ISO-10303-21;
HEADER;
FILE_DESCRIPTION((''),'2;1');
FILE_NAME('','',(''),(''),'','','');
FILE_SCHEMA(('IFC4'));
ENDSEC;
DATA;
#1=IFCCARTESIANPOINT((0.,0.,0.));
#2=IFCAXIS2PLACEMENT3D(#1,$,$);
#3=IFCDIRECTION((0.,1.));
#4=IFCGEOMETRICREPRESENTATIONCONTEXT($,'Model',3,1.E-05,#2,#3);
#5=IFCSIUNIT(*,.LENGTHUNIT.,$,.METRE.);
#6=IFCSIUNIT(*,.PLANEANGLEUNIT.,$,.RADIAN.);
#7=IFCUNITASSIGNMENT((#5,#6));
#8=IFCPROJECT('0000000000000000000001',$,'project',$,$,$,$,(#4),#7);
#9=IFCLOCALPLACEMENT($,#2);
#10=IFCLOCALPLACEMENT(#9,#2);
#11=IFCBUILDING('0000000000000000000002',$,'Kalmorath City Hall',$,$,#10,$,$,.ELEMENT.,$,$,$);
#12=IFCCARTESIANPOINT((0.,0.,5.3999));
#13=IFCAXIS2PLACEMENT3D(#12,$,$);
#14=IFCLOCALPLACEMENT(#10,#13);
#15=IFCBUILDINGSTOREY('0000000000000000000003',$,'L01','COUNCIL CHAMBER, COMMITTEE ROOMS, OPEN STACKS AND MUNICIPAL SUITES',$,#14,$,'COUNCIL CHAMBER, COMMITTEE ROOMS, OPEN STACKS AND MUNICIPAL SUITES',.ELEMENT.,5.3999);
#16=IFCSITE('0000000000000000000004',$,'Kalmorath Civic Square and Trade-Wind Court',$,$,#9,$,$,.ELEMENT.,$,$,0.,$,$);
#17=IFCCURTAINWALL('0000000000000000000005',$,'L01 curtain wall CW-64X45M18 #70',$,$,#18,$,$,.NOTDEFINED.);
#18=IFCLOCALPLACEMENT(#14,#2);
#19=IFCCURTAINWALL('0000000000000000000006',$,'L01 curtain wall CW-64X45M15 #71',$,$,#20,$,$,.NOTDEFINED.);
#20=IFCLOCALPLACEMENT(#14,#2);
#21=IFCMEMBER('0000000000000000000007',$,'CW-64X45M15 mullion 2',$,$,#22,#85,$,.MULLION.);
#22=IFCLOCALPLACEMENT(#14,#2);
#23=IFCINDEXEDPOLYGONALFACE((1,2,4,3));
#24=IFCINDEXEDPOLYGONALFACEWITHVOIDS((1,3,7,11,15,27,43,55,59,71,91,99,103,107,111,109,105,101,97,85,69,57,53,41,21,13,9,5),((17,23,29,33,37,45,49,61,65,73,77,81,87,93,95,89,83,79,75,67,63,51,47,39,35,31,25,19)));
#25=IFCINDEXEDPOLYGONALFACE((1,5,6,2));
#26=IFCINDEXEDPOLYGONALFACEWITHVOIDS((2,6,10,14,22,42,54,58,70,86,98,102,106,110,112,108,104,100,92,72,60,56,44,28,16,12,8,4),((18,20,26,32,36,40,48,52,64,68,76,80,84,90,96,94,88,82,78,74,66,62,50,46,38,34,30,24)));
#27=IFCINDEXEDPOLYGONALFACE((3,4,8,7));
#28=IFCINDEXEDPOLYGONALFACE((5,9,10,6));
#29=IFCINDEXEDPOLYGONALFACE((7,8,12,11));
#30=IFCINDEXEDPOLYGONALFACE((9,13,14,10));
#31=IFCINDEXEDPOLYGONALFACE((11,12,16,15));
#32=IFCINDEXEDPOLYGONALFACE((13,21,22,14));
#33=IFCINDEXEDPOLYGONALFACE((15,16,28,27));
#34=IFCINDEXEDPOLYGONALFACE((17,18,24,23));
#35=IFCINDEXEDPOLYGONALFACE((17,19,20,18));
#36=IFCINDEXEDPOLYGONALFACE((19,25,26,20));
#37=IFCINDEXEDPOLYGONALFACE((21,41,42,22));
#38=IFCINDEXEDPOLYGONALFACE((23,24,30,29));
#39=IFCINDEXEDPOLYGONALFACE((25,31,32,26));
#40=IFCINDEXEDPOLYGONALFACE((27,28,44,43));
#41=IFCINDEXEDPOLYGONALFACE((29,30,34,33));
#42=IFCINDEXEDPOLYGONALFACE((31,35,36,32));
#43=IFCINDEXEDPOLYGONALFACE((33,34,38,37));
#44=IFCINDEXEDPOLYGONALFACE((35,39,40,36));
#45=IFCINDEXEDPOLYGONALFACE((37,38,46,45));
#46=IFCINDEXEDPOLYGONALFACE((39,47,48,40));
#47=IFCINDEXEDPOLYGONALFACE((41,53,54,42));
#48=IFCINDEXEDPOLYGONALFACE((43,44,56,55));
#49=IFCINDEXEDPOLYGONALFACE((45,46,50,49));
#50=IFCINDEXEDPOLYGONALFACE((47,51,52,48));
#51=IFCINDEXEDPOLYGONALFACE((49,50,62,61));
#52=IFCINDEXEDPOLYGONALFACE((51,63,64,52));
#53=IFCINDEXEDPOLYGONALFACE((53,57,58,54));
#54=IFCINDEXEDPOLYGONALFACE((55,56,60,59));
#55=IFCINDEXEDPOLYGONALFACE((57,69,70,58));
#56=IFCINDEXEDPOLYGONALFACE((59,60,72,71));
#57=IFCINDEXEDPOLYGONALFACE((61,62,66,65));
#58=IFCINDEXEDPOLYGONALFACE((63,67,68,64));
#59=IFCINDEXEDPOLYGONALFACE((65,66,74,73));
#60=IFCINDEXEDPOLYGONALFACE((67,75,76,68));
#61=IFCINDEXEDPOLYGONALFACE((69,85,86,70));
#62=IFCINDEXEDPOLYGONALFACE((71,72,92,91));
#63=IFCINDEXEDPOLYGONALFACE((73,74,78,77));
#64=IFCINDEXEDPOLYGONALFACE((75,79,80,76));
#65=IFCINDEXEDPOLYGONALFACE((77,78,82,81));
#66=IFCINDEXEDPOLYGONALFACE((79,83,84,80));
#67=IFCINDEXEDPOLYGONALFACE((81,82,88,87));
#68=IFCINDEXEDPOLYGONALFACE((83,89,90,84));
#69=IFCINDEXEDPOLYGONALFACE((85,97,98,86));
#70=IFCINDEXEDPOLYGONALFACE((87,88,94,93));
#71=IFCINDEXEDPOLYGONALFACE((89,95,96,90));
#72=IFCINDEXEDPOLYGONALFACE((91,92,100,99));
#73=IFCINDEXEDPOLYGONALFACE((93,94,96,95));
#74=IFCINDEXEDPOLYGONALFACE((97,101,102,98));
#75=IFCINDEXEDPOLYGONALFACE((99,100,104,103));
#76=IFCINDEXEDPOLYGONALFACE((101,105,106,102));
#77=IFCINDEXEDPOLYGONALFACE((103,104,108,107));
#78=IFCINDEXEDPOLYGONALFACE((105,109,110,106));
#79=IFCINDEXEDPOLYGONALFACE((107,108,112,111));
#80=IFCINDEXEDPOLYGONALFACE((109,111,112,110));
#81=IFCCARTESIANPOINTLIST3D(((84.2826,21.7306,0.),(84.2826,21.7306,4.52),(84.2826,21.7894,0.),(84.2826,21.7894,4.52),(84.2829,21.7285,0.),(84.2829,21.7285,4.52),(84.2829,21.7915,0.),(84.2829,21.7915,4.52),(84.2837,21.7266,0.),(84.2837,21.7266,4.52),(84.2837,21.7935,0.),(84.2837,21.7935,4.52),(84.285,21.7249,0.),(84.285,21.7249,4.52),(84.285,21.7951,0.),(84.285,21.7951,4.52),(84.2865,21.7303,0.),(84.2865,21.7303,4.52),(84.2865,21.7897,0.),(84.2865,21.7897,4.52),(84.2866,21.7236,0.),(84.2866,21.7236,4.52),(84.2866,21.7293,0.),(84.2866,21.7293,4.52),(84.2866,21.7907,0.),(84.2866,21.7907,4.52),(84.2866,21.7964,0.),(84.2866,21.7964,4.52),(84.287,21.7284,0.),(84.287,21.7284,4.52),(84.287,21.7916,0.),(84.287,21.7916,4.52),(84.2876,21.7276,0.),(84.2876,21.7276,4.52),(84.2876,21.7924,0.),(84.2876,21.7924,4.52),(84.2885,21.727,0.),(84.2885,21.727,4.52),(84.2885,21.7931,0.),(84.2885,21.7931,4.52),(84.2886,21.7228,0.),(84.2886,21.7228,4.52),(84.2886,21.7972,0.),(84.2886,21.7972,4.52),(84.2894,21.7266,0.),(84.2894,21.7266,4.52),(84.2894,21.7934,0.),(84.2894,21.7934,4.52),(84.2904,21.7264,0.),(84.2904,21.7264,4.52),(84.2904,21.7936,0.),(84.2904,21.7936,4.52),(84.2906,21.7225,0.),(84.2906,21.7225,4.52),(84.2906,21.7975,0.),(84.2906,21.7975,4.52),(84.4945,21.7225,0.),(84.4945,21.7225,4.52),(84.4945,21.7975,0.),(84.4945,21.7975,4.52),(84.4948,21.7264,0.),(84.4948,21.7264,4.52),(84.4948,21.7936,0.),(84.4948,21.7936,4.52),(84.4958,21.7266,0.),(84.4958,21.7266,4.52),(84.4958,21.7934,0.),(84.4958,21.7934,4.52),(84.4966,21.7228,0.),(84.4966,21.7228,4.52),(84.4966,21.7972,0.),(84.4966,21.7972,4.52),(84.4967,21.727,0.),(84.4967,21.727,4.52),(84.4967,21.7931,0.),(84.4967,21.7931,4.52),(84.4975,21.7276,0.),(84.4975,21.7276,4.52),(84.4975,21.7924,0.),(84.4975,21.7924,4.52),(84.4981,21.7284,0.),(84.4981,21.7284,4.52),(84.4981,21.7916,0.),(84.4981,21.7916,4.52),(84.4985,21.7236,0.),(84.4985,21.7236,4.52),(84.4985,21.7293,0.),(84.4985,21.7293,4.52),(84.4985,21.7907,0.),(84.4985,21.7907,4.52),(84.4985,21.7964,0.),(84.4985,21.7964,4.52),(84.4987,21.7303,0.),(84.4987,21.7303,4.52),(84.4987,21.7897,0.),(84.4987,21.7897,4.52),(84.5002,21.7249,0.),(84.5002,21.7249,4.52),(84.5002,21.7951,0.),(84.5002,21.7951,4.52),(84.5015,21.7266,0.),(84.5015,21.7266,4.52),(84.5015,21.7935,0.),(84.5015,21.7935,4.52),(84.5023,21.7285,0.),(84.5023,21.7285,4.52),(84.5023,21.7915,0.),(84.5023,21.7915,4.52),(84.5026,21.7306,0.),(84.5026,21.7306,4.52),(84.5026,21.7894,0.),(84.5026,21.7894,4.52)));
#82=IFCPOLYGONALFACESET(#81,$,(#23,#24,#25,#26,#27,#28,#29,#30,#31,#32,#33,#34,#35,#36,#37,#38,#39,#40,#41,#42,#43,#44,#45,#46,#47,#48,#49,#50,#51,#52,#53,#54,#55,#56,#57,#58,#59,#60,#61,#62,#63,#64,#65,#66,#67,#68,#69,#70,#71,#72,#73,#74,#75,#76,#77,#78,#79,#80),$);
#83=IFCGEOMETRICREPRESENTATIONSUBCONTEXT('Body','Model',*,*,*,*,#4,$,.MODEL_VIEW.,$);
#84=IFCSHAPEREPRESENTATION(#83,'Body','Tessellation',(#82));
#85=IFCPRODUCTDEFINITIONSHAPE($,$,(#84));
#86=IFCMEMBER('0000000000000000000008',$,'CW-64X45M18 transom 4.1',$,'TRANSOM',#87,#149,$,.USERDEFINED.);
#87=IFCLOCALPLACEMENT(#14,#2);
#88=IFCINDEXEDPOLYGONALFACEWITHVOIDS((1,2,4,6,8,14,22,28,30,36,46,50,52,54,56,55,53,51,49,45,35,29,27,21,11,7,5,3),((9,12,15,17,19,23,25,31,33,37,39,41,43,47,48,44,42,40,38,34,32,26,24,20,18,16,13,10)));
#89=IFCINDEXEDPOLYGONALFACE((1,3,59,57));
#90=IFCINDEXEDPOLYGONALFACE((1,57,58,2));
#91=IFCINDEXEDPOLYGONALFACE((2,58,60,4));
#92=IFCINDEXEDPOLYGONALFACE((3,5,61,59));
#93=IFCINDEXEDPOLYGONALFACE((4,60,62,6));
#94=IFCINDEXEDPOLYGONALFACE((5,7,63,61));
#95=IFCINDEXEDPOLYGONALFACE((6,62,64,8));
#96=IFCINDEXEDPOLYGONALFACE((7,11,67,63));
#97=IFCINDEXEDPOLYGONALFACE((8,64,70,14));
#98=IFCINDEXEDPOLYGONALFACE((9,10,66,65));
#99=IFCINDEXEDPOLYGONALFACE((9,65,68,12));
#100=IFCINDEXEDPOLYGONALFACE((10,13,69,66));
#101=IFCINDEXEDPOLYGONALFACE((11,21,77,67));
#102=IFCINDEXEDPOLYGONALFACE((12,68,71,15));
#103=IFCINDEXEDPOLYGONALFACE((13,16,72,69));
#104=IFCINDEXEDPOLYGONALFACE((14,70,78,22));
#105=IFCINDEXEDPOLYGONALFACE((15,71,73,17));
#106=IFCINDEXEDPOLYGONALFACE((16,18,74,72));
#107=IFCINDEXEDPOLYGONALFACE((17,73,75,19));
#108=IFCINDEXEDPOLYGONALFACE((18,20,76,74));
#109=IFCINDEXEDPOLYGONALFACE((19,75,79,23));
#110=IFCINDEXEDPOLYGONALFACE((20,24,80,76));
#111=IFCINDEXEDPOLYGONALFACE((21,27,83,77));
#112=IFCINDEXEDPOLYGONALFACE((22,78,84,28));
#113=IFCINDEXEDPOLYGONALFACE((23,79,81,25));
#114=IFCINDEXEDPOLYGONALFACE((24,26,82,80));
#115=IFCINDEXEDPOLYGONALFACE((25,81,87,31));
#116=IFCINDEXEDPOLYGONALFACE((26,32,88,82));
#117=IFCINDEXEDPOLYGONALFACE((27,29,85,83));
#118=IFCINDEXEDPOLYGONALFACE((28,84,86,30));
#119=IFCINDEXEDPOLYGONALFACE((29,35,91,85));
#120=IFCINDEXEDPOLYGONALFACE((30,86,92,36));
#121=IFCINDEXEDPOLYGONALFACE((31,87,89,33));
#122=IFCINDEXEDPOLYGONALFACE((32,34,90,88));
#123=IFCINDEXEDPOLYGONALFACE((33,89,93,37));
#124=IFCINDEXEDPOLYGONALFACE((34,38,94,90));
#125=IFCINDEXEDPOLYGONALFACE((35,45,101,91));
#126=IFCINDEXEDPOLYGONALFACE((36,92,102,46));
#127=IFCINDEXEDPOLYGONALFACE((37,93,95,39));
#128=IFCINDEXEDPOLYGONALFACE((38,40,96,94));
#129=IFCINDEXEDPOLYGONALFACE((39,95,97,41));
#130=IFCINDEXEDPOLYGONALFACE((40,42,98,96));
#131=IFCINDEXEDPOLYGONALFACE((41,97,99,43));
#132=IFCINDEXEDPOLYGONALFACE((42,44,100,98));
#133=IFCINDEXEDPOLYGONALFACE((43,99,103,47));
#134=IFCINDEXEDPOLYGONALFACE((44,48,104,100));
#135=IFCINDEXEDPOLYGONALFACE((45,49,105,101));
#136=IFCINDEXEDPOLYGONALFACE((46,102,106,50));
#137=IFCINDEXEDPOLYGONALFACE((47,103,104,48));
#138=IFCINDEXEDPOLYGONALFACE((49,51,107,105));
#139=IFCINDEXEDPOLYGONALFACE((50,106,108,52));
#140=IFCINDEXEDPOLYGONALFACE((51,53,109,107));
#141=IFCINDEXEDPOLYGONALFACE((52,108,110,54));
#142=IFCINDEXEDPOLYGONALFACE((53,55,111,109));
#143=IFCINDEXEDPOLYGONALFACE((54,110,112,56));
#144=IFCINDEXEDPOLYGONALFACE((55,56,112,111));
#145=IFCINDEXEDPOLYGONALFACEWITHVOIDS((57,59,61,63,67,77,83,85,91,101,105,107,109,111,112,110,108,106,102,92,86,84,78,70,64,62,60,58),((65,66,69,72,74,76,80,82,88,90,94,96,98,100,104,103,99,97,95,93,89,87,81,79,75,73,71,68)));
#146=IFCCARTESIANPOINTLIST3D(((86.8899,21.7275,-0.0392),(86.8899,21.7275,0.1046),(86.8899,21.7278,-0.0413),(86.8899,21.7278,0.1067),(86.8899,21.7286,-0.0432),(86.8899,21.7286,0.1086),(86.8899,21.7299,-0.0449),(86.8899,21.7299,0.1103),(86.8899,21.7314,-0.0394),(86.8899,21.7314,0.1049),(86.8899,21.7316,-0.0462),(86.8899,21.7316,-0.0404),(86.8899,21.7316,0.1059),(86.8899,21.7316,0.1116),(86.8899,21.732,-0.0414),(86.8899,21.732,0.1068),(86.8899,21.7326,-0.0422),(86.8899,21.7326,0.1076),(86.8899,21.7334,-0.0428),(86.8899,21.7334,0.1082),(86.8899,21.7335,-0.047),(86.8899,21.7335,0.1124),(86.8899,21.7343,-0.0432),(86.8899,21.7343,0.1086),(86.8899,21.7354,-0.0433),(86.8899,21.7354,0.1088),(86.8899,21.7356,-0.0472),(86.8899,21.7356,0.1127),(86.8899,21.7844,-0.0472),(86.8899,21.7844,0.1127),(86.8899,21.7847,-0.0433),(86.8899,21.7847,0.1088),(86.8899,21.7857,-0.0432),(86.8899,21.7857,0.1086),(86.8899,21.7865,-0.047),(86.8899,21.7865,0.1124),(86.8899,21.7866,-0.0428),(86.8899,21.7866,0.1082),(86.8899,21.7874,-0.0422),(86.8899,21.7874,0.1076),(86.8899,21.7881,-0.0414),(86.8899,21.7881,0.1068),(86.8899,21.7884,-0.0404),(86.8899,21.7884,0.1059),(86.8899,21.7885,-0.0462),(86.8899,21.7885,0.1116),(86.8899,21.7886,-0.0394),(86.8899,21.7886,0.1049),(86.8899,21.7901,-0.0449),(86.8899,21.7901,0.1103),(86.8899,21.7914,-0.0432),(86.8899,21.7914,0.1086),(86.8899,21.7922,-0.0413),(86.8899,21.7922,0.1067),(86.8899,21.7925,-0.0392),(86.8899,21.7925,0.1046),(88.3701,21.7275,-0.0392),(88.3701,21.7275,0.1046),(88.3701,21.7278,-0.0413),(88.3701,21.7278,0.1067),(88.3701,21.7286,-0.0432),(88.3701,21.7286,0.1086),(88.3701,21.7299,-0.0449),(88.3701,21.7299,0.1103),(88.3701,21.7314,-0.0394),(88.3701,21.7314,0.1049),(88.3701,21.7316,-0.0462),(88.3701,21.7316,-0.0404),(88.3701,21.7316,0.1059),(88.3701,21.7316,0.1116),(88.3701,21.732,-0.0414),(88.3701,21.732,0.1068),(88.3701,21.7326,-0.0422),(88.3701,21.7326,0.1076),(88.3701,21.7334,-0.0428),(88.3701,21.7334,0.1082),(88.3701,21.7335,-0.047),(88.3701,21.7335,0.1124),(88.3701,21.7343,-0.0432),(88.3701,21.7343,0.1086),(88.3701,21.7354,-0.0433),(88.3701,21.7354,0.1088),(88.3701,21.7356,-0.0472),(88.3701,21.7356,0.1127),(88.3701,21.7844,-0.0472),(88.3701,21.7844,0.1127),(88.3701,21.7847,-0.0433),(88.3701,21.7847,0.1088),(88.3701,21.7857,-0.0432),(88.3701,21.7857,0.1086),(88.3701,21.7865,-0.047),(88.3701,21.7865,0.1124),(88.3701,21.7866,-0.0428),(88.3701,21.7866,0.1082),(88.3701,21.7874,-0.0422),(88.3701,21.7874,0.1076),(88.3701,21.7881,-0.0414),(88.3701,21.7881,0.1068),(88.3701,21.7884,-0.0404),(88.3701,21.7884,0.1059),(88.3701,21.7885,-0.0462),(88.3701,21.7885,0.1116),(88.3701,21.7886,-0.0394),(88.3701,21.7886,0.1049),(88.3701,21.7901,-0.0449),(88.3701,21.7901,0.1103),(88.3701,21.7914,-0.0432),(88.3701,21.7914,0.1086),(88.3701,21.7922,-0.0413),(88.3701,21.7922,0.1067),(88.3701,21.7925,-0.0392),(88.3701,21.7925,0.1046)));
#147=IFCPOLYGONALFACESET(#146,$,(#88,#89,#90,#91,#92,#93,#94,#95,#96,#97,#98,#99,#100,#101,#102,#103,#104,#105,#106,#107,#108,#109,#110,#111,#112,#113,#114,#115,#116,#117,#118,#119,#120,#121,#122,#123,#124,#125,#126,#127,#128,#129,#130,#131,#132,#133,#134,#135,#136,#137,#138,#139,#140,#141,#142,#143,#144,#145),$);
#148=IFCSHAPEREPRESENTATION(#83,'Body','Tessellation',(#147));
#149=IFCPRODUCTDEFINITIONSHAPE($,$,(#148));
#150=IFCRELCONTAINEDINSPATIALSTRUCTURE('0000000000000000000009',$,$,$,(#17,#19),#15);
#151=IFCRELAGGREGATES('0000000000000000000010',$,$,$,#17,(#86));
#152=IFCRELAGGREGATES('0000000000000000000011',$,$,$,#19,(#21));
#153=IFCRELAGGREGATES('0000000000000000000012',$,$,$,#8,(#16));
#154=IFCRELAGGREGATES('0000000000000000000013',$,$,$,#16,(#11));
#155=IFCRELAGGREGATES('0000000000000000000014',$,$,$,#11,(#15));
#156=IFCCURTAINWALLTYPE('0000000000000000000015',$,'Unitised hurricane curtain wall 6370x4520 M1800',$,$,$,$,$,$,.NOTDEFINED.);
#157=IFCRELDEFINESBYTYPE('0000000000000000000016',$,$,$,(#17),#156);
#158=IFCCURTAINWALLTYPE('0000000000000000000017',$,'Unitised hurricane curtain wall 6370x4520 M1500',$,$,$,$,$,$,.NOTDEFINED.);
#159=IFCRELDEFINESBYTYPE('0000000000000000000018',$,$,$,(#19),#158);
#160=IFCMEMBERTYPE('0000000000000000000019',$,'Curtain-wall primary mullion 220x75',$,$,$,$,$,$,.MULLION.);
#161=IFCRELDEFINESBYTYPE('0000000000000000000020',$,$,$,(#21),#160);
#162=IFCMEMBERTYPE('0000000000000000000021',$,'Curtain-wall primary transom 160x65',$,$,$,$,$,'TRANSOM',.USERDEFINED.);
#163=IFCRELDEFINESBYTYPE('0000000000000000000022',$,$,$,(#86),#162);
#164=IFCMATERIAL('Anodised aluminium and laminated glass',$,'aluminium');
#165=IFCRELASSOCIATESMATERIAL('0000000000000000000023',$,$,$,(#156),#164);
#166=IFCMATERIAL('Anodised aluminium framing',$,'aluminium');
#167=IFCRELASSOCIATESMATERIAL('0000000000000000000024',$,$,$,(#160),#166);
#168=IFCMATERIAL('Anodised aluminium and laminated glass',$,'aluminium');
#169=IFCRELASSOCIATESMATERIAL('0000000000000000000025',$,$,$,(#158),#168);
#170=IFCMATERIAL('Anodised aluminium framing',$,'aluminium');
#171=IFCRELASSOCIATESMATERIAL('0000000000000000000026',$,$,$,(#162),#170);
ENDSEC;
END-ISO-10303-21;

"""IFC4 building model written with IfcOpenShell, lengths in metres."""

from ifc_helpers import new_model, si_unit, direction, frame, origin, origin_2d, place, context, subcontext, project, spatial, hollow_rectangle, extrude, material, material_profile, profile_set, type_object, element, aggregate, save


model = new_model("IFC4")

# Units and contexts
model_context = context("Model", 3, precision=1e-05, world=origin(), true_north=direction((0.0, 1.0)))
body_context = subcontext(model_context, "Body", "Model", "MODEL_VIEW")
ifc_project = project(units=[si_unit("LENGTHUNIT", "METRE"), si_unit("PLANEANGLEUNIT", "RADIAN")], contexts=[model_context])

# Site, building, storey
site_placement = place(None, origin())
site = spatial("IfcSite", under=ifc_project, at=site_placement, Name="Kalmorath Civic Square and Trade-Wind Court", CompositionType="ELEMENT", RefElevation=0.0)
building_placement = place(site_placement, origin())
building = spatial("IfcBuilding", under=site, at=building_placement, Name="Kalmorath City Hall", CompositionType="ELEMENT")
storey_placement = place(building_placement, frame((0.0, 0.0, 5.3999)))
storey = spatial("IfcBuildingStorey", under=building, at=storey_placement, Name="L01", Description="COUNCIL CHAMBER, COMMITTEE ROOMS, OPEN STACKS AND MUNICIPAL SUITES", LongName="COUNCIL CHAMBER, COMMITTEE ROOMS, OPEN STACKS AND MUNICIPAL SUITES", CompositionType="ELEMENT", Elevation=5.3999)

# Curtain wall
ifc_material_1 = material(Name="Anodised aluminium and laminated glass", Category="aluminium")
curtain_wall_type_1 = type_object("IfcCurtainWallType", Name="Unitised hurricane curtain wall 6370x4520 M1800", PredefinedType="NOTDEFINED", material=ifc_material_1)
curtain_wall_1_placement = place(storey_placement, origin())
curtain_wall_1 = element("IfcCurtainWall", 1, at=curtain_wall_1_placement, inside=storey, type_object=curtain_wall_type_1, Name="L01 curtain wall CW-64X45M18 #70", PredefinedType="NOTDEFINED")
ifc_material_2 = material(Name="Anodised aluminium framing", Category="aluminium")
ifc_material_profile_1 = material_profile(ifc_material_2, hollow_rectangle(XDim=0.075, YDim=0.22, WallThickness=0.0039, InnerFilletRadius=0.0039, OuterFilletRadius=0.0081, at=origin_2d()), Name="ALU-MUL-220X75X4")
ifc_profile_set_1 = profile_set([ifc_material_profile_1], Name="Anodised aluminium framing")
member_type_1 = type_object("IfcMemberType", Name="Curtain-wall primary mullion 220x75", PredefinedType="MULLION", material=ifc_profile_set_1)

# Curtain wall, member
ifc_material_3 = material(Name="Anodised aluminium and laminated glass", Category="aluminium")
curtain_wall_type_2 = type_object("IfcCurtainWallType", Name="Unitised hurricane curtain wall 6370x4520 M1500", PredefinedType="NOTDEFINED", material=ifc_material_3)
curtain_wall_2_placement = place(storey_placement, origin())
curtain_wall_2 = element("IfcCurtainWall", 2, at=curtain_wall_2_placement, inside=storey, type_object=curtain_wall_type_2, Name="L01 curtain wall CW-64X45M15 #71", PredefinedType="NOTDEFINED")
member_1_placement = place(storey_placement, frame((84.3926, 21.76, 0.0), z_axis=(0.0, 0.0, 1.0), x_axis=(0.0, -1.0, 0.0)))
member_1 = element("IfcMember", 3, at=member_1_placement, type_object=member_type_1, Name="CW-64X45M15 mullion 2", PredefinedType="MULLION", context=body_context, shape_type="SweptSolid", body=[
    extrude(hollow_rectangle(XDim=0.075, YDim=0.22, WallThickness=0.0039, InnerFilletRadius=0.0039, OuterFilletRadius=0.0081, at=origin_2d()), origin(), (0.0, 0.0, 1.0), 4.52),
])

# Member
ifc_material_4 = material(Name="Anodised aluminium framing", Category="aluminium")
ifc_material_profile_2 = material_profile(ifc_material_4, hollow_rectangle(XDim=0.0649, YDim=0.1599, WallThickness=0.0039, InnerFilletRadius=0.0039, OuterFilletRadius=0.0081, at=origin_2d()), Name="ALU-TRN-160X65X4")
ifc_profile_set_2 = profile_set([ifc_material_profile_2], Name="Anodised aluminium framing")
member_type_2 = type_object("IfcMemberType", Name="Curtain-wall primary transom 160x65", ElementType="TRANSOM", PredefinedType="USERDEFINED", material=ifc_profile_set_2)
member_2_placement = place(storey_placement, frame((88.3701, 21.76, 0.0327), z_axis=(-1.0, 0.0, 0.0), x_axis=(0.0, -1.0, 0.0)))
member_2 = element("IfcMember", 4, at=member_2_placement, type_object=member_type_2, Name="CW-64X45M18 transom 4.1", ObjectType="TRANSOM", PredefinedType="USERDEFINED", context=body_context, shape_type="SweptSolid", body=[
    extrude(hollow_rectangle(XDim=0.0649, YDim=0.1599, WallThickness=0.0039, InnerFilletRadius=0.0039, OuterFilletRadius=0.0081, at=origin_2d()), origin(), (0.0, 0.0, 1.0), 1.4802),
])

aggregate(curtain_wall_1, [member_2])
aggregate(curtain_wall_2, [member_1])

save(model, "model.ifc")
